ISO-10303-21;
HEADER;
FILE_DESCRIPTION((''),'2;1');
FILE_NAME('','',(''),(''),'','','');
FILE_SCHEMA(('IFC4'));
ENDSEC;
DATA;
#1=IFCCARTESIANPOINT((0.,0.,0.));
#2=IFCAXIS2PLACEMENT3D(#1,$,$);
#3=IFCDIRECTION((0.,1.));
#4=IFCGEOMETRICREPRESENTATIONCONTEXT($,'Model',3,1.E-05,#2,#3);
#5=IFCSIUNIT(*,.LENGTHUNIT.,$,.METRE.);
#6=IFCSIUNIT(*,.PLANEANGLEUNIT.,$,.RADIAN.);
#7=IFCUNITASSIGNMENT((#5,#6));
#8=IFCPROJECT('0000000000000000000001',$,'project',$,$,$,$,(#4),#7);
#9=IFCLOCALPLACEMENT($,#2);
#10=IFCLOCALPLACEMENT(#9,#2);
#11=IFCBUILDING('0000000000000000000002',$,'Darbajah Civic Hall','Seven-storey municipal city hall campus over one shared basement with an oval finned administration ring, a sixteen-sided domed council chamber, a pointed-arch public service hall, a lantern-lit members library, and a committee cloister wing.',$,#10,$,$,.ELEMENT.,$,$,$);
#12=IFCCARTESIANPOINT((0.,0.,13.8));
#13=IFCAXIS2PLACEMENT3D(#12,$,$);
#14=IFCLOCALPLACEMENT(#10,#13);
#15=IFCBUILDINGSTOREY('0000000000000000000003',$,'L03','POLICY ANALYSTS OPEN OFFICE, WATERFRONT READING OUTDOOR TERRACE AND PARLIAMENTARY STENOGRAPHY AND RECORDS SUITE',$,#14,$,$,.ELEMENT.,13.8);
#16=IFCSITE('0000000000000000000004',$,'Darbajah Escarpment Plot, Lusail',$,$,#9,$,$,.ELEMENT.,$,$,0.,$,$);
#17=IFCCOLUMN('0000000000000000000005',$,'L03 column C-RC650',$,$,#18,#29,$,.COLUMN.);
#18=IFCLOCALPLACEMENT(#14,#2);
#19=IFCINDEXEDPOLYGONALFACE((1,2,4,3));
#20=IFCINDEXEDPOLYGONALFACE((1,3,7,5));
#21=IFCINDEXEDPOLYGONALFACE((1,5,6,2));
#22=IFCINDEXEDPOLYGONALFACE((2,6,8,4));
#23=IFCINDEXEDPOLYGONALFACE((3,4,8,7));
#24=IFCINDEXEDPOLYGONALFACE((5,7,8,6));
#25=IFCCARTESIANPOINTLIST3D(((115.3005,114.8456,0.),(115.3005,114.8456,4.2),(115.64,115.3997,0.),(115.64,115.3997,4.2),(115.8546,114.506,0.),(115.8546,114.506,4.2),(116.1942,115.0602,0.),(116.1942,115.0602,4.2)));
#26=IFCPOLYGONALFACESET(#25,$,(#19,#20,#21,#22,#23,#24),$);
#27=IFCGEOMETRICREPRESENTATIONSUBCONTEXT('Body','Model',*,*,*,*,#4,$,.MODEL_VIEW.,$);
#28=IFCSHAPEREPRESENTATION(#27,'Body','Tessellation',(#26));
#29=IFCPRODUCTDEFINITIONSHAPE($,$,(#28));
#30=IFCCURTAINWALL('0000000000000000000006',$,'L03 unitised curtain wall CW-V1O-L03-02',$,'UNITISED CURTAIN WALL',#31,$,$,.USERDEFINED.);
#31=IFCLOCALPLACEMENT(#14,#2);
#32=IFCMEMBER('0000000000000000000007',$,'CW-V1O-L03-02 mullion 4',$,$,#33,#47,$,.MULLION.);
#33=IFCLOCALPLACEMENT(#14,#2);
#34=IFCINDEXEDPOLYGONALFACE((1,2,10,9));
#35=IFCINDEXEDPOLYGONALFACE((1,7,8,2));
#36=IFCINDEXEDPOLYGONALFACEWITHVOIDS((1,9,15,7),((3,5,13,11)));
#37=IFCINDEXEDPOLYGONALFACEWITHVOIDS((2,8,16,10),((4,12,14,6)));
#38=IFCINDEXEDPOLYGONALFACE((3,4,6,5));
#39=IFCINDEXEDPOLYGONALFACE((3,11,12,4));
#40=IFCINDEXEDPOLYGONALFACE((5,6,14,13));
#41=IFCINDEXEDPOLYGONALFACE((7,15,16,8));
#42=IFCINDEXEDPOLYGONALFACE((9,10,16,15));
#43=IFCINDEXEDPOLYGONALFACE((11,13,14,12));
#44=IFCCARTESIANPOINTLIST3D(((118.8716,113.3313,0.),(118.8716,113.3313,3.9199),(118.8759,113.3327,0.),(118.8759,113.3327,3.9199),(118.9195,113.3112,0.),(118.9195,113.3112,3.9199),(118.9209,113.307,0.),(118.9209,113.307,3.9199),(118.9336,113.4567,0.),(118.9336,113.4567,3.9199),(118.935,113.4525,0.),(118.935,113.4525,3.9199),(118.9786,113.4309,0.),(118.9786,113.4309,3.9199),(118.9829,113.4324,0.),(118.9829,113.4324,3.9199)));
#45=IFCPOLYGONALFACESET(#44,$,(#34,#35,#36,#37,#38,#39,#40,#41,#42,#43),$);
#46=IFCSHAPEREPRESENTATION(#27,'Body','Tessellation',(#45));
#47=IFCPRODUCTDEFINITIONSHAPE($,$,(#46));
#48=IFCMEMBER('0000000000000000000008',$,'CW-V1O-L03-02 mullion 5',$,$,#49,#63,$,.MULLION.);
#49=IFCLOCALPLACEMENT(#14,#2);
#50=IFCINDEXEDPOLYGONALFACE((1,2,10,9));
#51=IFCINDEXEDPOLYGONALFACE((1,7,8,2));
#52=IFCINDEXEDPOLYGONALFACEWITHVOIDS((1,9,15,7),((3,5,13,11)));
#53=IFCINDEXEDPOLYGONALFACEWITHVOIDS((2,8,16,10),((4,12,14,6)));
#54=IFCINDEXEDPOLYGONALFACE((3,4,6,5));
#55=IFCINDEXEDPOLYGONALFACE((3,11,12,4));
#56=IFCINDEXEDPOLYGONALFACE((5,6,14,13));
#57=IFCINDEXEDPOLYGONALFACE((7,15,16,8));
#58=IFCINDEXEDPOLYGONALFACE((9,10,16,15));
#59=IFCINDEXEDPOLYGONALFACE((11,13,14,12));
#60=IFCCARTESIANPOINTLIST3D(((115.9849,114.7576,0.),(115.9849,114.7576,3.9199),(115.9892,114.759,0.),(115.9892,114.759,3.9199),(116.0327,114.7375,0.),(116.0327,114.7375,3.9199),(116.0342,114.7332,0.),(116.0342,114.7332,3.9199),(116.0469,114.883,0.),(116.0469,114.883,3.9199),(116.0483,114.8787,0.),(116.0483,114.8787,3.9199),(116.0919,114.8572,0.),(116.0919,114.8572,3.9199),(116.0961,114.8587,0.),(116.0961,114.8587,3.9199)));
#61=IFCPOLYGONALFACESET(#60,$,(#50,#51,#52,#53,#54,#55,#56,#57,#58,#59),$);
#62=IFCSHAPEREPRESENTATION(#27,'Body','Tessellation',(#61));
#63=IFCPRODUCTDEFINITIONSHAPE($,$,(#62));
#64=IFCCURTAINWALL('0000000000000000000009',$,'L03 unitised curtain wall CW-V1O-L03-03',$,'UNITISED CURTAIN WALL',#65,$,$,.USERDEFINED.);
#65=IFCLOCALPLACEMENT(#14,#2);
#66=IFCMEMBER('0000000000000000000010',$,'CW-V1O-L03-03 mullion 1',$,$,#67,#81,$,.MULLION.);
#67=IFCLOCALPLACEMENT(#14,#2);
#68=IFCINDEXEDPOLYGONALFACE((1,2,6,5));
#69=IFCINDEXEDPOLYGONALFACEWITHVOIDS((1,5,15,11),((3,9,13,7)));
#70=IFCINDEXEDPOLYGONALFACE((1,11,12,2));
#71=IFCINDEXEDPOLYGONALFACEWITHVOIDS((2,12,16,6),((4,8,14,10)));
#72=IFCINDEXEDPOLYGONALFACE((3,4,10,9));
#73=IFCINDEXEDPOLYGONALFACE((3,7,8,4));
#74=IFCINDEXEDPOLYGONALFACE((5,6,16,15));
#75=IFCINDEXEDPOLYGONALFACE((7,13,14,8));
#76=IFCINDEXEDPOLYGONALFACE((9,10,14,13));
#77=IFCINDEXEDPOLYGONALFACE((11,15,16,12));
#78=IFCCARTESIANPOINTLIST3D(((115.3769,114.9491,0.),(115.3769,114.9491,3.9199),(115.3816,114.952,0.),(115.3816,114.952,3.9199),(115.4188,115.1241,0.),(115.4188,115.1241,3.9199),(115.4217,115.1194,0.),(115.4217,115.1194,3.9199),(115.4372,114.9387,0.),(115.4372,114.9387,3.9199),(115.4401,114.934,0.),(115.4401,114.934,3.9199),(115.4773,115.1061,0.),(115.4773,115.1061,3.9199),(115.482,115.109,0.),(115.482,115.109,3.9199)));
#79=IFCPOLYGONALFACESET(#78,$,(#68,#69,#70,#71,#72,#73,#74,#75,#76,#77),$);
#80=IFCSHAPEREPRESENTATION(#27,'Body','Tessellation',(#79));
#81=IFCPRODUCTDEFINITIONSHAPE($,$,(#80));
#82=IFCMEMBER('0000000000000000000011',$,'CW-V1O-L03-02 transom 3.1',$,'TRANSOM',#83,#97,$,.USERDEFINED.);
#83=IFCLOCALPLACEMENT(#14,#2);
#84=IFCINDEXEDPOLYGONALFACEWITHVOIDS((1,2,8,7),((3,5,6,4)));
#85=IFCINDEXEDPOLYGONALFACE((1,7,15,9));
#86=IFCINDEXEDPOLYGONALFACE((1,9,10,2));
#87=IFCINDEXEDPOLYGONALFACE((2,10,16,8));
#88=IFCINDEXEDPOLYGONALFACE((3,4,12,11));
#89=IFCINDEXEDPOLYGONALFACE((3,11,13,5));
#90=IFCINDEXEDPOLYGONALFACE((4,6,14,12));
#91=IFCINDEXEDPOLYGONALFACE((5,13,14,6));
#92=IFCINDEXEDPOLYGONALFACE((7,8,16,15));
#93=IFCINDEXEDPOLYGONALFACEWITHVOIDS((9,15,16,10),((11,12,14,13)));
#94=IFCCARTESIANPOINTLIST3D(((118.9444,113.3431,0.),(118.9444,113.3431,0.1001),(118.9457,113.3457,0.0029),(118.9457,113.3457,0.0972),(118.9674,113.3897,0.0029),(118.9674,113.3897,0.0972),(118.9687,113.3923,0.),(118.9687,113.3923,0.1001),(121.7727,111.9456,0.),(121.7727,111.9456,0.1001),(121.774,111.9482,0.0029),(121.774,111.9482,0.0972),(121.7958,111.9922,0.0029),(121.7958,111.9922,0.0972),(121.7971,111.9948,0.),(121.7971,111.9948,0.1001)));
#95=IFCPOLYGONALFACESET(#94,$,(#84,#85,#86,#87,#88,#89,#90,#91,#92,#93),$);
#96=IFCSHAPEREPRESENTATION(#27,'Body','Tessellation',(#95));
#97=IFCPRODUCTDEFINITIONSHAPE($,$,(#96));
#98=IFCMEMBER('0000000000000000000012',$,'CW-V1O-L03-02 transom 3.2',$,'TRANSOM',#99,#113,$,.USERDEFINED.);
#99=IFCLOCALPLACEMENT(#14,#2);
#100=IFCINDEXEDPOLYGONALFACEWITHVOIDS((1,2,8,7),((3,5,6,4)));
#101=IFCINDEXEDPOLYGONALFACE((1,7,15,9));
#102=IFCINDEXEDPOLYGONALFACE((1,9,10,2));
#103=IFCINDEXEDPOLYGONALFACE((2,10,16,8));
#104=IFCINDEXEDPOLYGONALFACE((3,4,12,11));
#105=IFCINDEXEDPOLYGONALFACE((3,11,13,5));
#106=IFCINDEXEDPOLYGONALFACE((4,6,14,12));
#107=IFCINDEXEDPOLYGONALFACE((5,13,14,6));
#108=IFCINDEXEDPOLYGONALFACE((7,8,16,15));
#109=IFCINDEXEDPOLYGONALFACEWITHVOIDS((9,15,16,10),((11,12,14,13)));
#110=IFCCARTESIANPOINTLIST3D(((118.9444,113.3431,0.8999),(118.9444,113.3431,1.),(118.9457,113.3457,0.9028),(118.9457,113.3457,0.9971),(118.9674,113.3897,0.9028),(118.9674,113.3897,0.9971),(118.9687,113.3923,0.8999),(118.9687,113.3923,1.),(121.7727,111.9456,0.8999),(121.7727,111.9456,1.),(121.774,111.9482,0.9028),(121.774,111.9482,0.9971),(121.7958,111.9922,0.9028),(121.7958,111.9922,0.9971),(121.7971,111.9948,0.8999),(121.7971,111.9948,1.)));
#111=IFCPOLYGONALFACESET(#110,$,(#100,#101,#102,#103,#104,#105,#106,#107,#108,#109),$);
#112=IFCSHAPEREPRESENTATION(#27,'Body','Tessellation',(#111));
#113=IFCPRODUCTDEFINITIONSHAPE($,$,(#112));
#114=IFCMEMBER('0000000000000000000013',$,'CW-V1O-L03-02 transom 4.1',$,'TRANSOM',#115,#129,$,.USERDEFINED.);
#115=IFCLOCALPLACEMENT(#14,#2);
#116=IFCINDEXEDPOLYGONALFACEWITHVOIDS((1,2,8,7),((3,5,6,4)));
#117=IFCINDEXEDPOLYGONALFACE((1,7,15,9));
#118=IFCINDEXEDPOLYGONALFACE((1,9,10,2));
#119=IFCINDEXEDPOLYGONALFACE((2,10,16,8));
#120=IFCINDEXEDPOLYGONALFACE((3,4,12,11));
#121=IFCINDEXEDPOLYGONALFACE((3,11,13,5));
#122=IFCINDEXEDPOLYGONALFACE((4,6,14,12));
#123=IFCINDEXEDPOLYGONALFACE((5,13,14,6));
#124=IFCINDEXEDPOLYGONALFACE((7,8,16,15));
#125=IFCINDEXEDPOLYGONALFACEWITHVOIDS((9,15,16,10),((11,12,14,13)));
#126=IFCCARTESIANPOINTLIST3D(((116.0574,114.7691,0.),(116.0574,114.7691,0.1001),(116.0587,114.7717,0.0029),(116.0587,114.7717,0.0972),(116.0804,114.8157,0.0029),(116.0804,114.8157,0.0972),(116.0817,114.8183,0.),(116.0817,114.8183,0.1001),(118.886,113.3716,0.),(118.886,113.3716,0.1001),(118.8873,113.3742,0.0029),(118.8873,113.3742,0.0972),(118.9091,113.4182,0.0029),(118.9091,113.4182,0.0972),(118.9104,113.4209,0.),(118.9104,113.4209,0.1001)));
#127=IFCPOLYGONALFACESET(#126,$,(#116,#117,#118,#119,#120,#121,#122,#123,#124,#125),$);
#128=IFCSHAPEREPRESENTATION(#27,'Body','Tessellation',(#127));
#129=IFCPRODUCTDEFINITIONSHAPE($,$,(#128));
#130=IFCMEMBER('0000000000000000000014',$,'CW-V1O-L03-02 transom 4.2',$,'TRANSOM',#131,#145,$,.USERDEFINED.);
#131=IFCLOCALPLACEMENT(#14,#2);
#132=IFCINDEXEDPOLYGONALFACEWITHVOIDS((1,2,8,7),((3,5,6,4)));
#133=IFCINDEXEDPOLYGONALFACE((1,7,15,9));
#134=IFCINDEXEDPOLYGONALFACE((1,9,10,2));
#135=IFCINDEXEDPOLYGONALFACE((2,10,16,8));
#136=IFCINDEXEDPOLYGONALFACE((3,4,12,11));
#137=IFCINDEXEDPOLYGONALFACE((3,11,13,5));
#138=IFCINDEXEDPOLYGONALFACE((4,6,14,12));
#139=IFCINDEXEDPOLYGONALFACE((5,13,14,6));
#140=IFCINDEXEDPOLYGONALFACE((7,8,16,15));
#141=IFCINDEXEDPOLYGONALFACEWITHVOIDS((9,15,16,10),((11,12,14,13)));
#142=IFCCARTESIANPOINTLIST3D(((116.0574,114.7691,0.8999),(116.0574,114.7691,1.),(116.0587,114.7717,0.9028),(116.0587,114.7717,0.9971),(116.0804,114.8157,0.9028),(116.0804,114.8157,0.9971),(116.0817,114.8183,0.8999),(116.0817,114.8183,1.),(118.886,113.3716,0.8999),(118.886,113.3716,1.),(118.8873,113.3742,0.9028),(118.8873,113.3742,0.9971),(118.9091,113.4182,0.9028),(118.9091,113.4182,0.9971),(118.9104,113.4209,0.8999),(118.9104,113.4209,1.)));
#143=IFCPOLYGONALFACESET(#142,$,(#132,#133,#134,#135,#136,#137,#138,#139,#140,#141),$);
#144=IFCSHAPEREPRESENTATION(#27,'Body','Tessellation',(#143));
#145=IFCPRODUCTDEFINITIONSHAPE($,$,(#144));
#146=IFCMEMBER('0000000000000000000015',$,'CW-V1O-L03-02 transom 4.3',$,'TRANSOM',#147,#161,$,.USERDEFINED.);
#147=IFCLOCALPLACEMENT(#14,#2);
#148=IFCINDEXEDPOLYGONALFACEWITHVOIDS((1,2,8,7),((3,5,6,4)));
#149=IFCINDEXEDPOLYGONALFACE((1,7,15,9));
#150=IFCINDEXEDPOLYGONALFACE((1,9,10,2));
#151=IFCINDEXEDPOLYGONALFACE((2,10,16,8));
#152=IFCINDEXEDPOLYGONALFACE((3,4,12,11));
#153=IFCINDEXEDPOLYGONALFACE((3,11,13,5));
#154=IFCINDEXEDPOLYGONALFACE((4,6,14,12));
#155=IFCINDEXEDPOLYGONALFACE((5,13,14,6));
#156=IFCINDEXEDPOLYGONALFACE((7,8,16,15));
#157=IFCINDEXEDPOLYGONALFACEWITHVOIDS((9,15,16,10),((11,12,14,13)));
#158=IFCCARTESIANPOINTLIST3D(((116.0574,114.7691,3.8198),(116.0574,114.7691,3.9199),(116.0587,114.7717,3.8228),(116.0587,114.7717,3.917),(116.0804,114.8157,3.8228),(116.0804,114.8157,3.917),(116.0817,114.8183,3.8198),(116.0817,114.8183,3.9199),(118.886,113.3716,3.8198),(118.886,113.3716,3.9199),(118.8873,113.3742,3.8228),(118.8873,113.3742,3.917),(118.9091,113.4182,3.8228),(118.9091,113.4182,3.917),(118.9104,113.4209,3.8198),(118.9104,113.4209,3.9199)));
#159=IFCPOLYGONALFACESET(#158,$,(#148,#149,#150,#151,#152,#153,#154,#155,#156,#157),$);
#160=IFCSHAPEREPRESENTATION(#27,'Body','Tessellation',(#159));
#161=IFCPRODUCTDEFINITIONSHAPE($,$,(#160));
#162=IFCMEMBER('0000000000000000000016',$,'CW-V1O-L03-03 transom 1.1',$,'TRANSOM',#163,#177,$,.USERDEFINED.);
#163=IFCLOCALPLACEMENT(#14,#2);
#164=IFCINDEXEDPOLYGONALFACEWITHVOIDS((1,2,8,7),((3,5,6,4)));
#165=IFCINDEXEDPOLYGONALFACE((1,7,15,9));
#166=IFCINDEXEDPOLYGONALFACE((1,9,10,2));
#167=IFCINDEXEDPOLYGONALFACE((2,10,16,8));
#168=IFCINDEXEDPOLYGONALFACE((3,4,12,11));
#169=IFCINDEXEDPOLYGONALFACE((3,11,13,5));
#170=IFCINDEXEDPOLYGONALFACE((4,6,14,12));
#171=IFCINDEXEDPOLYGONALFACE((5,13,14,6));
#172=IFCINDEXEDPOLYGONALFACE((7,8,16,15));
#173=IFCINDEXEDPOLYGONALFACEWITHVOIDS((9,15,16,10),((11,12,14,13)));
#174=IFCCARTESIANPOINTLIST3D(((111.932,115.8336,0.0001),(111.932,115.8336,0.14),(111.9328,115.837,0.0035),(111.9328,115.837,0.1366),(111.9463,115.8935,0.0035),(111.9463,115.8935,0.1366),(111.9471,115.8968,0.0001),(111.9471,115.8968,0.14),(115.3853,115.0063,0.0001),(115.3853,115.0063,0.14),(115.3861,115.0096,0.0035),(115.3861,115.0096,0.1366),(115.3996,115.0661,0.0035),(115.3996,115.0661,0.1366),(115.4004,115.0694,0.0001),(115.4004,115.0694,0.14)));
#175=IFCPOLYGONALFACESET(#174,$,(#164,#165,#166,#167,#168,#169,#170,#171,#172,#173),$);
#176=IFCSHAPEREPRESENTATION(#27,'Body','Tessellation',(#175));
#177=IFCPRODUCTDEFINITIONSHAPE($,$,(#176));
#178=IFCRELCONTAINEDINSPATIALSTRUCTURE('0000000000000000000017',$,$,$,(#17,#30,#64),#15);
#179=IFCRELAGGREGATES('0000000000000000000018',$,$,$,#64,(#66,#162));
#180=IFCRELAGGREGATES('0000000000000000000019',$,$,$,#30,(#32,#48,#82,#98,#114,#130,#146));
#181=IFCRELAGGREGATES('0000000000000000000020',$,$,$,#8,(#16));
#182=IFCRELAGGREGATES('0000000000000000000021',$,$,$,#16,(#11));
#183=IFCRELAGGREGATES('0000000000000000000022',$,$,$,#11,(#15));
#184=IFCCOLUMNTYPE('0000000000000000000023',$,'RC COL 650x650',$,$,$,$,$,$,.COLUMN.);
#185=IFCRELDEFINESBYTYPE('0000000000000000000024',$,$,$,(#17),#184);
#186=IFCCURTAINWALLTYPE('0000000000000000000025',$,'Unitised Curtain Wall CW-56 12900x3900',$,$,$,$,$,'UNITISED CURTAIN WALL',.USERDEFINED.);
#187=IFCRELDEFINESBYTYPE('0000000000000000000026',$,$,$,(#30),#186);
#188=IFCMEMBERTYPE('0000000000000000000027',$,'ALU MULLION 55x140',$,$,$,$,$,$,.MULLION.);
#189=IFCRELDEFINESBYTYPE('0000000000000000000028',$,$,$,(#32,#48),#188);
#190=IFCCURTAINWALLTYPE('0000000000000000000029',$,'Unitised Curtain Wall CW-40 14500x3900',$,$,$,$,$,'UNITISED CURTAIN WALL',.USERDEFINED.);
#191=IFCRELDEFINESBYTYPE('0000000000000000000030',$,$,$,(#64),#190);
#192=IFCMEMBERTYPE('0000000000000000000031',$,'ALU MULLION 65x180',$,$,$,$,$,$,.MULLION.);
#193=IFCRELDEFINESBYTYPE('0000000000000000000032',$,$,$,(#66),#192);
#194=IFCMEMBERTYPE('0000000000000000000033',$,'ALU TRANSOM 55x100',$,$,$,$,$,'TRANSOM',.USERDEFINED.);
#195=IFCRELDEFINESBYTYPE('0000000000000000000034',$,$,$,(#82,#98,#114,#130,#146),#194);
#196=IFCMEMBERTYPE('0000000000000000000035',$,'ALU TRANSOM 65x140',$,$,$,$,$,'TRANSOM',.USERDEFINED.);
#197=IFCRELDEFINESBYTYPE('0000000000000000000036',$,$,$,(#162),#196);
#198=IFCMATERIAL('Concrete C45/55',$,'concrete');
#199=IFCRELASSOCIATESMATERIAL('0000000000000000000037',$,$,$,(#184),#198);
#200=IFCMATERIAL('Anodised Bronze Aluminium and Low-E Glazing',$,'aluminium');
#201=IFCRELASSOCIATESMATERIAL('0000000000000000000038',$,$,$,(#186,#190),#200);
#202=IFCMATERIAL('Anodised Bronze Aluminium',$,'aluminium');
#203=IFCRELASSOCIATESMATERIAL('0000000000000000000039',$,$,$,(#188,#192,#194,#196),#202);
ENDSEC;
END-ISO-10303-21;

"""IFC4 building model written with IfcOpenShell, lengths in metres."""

from ifc_helpers import new_model, si_unit, direction, frame, origin, origin_2d, place, context, subcontext, project, spatial, rectangle, hollow_rectangle, extrude, material, material_profile, profile_set, type_object, element, aggregate, save


model = new_model("IFC4")

# Units and contexts
model_context = context("Model", 3, precision=1e-05, world=origin(), true_north=direction((0.0, 1.0)))
body_context = subcontext(model_context, "Body", "Model", "MODEL_VIEW")
ifc_project = project(units=[si_unit("LENGTHUNIT", "METRE"), si_unit("PLANEANGLEUNIT", "RADIAN")], contexts=[model_context])

# Site, building, storey
site_placement = place(None, origin())
site = spatial("IfcSite", under=ifc_project, at=site_placement, Name="Darbajah Escarpment Plot, Lusail", CompositionType="ELEMENT", RefElevation=0.0)
building_placement = place(site_placement, origin())
building = spatial("IfcBuilding", under=site, at=building_placement, Name="Darbajah Civic Hall", Description="Seven-storey municipal city hall campus over one shared basement with an oval finned administration ring, a sixteen-sided domed council chamber, a pointed-arch public service hall, a lantern-lit members library, and a committee cloister wing.", CompositionType="ELEMENT")
storey_placement = place(building_placement, frame((0.0, 0.0, 13.8)))
storey = spatial("IfcBuildingStorey", under=building, at=storey_placement, Name="L03", Description="POLICY ANALYSTS OPEN OFFICE, WATERFRONT READING OUTDOOR TERRACE AND PARLIAMENTARY STENOGRAPHY AND RECORDS SUITE", CompositionType="ELEMENT", Elevation=13.8)

# Column
ifc_material_1 = material(Name="Concrete C45/55", Category="concrete")
ifc_material_profile_1 = material_profile(ifc_material_1, rectangle(XDim=0.6499, YDim=0.6499, at=origin_2d()), Name="RC COL 650x650")
ifc_profile_set_1 = profile_set([ifc_material_profile_1], Name="Concrete C45/55")
column_type = type_object("IfcColumnType", Name="RC COL 650x650", PredefinedType="COLUMN", material=ifc_profile_set_1)
column_placement = place(storey_placement, frame((115.7473, 114.9529, 0.0), z_axis=(0.0, 0.0, 1.0), x_axis=(0.522499, 0.85264, 0.0)))
element("IfcColumn", 1, at=column_placement, inside=storey, type_object=column_type, Name="L03 column C-RC650", PredefinedType="COLUMN", context=body_context, shape_type="SweptSolid", body=[
    extrude(rectangle(XDim=0.6499, YDim=0.6499, at=origin_2d()), origin(), (0.0, 0.0, 1.0), 4.2),
])

# Curtain wall, members
ifc_material_2 = material(Name="Anodised Bronze Aluminium and Low-E Glazing", Category="aluminium")
curtain_wall_type_1 = type_object("IfcCurtainWallType", Name="Unitised Curtain Wall CW-56 12900x3900", ElementType="UNITISED CURTAIN WALL", PredefinedType="USERDEFINED", material=ifc_material_2)
curtain_wall_1_placement = place(storey_placement, origin())
curtain_wall_1 = element("IfcCurtainWall", 2, at=curtain_wall_1_placement, inside=storey, type_object=curtain_wall_type_1, Name="L03 unitised curtain wall CW-V1O-L03-02", ObjectType="UNITISED CURTAIN WALL", PredefinedType="USERDEFINED")
ifc_material_3 = material(Name="Anodised Bronze Aluminium", Category="aluminium")
ifc_material_profile_2 = material_profile(ifc_material_3, hollow_rectangle(XDim=0.0549, YDim=0.1399, WallThickness=0.0032, at=origin_2d()), Name="ALU MULLION 55x140")
ifc_profile_set_2 = profile_set([ifc_material_profile_2], Name="Anodised Bronze Aluminium")
member_type_1 = type_object("IfcMemberType", Name="ALU MULLION 55x140", PredefinedType="MULLION", material=ifc_profile_set_2)
member_1_placement = place(storey_placement, frame((118.9272, 113.3818, 0.0), z_axis=(0.0, 0.0, 1.0), x_axis=(-0.896564, 0.442915, 0.0)))
member_1 = element("IfcMember", 3, at=member_1_placement, type_object=member_type_1, Name="CW-V1O-L03-02 mullion 4", PredefinedType="MULLION", context=body_context, shape_type="SweptSolid", body=[
    extrude(hollow_rectangle(XDim=0.0549, YDim=0.1399, WallThickness=0.0032, at=origin_2d()), origin(), (0.0, 0.0, 1.0), 3.9199),
])
member_2_placement = place(storey_placement, frame((116.0405, 114.8081, 0.0), z_axis=(0.0, 0.0, 1.0), x_axis=(-0.896564, 0.442915, 0.0)))
member_2 = element("IfcMember", 4, at=member_2_placement, type_object=member_type_1, Name="CW-V1O-L03-02 mullion 5", PredefinedType="MULLION", context=body_context, shape_type="SweptSolid", body=[
    extrude(hollow_rectangle(XDim=0.0549, YDim=0.1399, WallThickness=0.0032, at=origin_2d()), origin(), (0.0, 0.0, 1.0), 3.9199),
])

# Curtain wall, member
curtain_wall_type_2 = type_object("IfcCurtainWallType", Name="Unitised Curtain Wall CW-40 14500x3900", ElementType="UNITISED CURTAIN WALL", PredefinedType="USERDEFINED", material=ifc_material_2)
curtain_wall_2_placement = place(storey_placement, origin())
curtain_wall_2 = element("IfcCurtainWall", 5, at=curtain_wall_2_placement, inside=storey, type_object=curtain_wall_type_2, Name="L03 unitised curtain wall CW-V1O-L03-03", ObjectType="UNITISED CURTAIN WALL", PredefinedType="USERDEFINED")
ifc_material_profile_3 = material_profile(ifc_material_3, hollow_rectangle(XDim=0.0649, YDim=0.1799, WallThickness=0.0039, at=origin_2d()), Name="ALU MULLION 65x180")
ifc_profile_set_3 = profile_set([ifc_material_profile_3], Name="Anodised Bronze Aluminium")
member_type_2 = type_object("IfcMemberType", Name="ALU MULLION 65x180", PredefinedType="MULLION", material=ifc_profile_set_3)
member_3_placement = place(storey_placement, frame((115.4294, 115.0291, 0.0), z_axis=(0.0, 0.0, 1.0), x_axis=(-0.972492, 0.232936, 0.0)))
member_3 = element("IfcMember", 6, at=member_3_placement, type_object=member_type_2, Name="CW-V1O-L03-03 mullion 1", PredefinedType="MULLION", context=body_context, shape_type="SweptSolid", body=[
    extrude(hollow_rectangle(XDim=0.0649, YDim=0.1799, WallThickness=0.0039, at=origin_2d()), origin(), (0.0, 0.0, 1.0), 3.9199),
])

# Members
ifc_material_profile_4 = material_profile(ifc_material_3, hollow_rectangle(XDim=0.0549, YDim=0.1001, WallThickness=0.0029, at=origin_2d()), Name="ALU TRANSOM 55x100")
ifc_profile_set_4 = profile_set([ifc_material_profile_4], Name="Anodised Bronze Aluminium")
member_type_3 = type_object("IfcMemberType", Name="ALU TRANSOM 55x100", ElementType="TRANSOM", PredefinedType="USERDEFINED", material=ifc_profile_set_4)
member_4_placement = place(storey_placement, frame((121.7849, 111.9702, 0.05), z_axis=(-0.896538, 0.442968, 0.0), x_axis=(-0.442968, -0.896538, 0.0)))
member_4 = element("IfcMember", 7, at=member_4_placement, type_object=member_type_3, Name="CW-V1O-L03-02 transom 3.1", ObjectType="TRANSOM", PredefinedType="USERDEFINED", context=body_context, shape_type="SweptSolid", body=[
    extrude(hollow_rectangle(XDim=0.0549, YDim=0.1001, WallThickness=0.0029, at=origin_2d()), origin(), (0.0, 0.0, 1.0), 3.1548),
])
member_5_placement = place(storey_placement, frame((121.7849, 111.9702, 0.95), z_axis=(-0.896538, 0.442968, 0.0), x_axis=(-0.442968, -0.896538, 0.0)))
member_5 = element("IfcMember", 8, at=member_5_placement, type_object=member_type_3, Name="CW-V1O-L03-02 transom 3.2", ObjectType="TRANSOM", PredefinedType="USERDEFINED", context=body_context, shape_type="SweptSolid", body=[
    extrude(hollow_rectangle(XDim=0.0549, YDim=0.1001, WallThickness=0.0029, at=origin_2d()), origin(), (0.0, 0.0, 1.0), 3.1548),
])
member_6_placement = place(storey_placement, frame((118.8982, 113.3962, 0.05), z_axis=(-0.896553, 0.442937, 0.0), x_axis=(-0.442937, -0.896553, 0.0)))
member_6 = element("IfcMember", 9, at=member_6_placement, type_object=member_type_3, Name="CW-V1O-L03-02 transom 4.1", ObjectType="TRANSOM", PredefinedType="USERDEFINED", context=body_context, shape_type="SweptSolid", body=[
    extrude(hollow_rectangle(XDim=0.0549, YDim=0.1001, WallThickness=0.0029, at=origin_2d()), origin(), (0.0, 0.0, 1.0), 3.155),
])
member_7_placement = place(storey_placement, frame((118.8982, 113.3962, 0.95), z_axis=(-0.896553, 0.442937, 0.0), x_axis=(-0.442937, -0.896553, 0.0)))
member_7 = element("IfcMember", 10, at=member_7_placement, type_object=member_type_3, Name="CW-V1O-L03-02 transom 4.2", ObjectType="TRANSOM", PredefinedType="USERDEFINED", context=body_context, shape_type="SweptSolid", body=[
    extrude(hollow_rectangle(XDim=0.0549, YDim=0.1001, WallThickness=0.0029, at=origin_2d()), origin(), (0.0, 0.0, 1.0), 3.155),
])
member_8_placement = place(storey_placement, frame((118.8982, 113.3962, 3.8699), z_axis=(-0.896553, 0.442937, 0.0), x_axis=(-0.442937, -0.896553, 0.0)))
member_8 = element("IfcMember", 11, at=member_8_placement, type_object=member_type_3, Name="CW-V1O-L03-02 transom 4.3", ObjectType="TRANSOM", PredefinedType="USERDEFINED", context=body_context, shape_type="SweptSolid", body=[
    extrude(hollow_rectangle(XDim=0.0549, YDim=0.1001, WallThickness=0.0029, at=origin_2d()), origin(), (0.0, 0.0, 1.0), 3.155),
])
ifc_material_profile_5 = material_profile(ifc_material_3, hollow_rectangle(XDim=0.0649, YDim=0.1399, WallThickness=0.0034, at=origin_2d()), Name="ALU TRANSOM 65x140")
ifc_profile_set_5 = profile_set([ifc_material_profile_5], Name="Anodised Bronze Aluminium")
member_type_4 = type_object("IfcMemberType", Name="ALU TRANSOM 65x140", ElementType="TRANSOM", PredefinedType="USERDEFINED", material=ifc_profile_set_5)
member_9_placement = place(storey_placement, frame((115.3928, 115.0378, 0.0701), z_axis=(-0.972478, 0.232996, 0.0), x_axis=(-0.232996, -0.972478, 0.0)))
member_9 = element("IfcMember", 12, at=member_9_placement, type_object=member_type_4, Name="CW-V1O-L03-03 transom 1.1", ObjectType="TRANSOM", PredefinedType="USERDEFINED", context=body_context, shape_type="SweptSolid", body=[
    extrude(hollow_rectangle(XDim=0.0649, YDim=0.1399, WallThickness=0.0034, at=origin_2d()), origin(), (0.0, 0.0, 1.0), 3.551),
])
aggregate(curtain_wall_2, [member_3, member_9])

aggregate(curtain_wall_1, [member_1, member_2, member_4, member_5, member_6, member_7, member_8])

save(model, "model.ifc")
